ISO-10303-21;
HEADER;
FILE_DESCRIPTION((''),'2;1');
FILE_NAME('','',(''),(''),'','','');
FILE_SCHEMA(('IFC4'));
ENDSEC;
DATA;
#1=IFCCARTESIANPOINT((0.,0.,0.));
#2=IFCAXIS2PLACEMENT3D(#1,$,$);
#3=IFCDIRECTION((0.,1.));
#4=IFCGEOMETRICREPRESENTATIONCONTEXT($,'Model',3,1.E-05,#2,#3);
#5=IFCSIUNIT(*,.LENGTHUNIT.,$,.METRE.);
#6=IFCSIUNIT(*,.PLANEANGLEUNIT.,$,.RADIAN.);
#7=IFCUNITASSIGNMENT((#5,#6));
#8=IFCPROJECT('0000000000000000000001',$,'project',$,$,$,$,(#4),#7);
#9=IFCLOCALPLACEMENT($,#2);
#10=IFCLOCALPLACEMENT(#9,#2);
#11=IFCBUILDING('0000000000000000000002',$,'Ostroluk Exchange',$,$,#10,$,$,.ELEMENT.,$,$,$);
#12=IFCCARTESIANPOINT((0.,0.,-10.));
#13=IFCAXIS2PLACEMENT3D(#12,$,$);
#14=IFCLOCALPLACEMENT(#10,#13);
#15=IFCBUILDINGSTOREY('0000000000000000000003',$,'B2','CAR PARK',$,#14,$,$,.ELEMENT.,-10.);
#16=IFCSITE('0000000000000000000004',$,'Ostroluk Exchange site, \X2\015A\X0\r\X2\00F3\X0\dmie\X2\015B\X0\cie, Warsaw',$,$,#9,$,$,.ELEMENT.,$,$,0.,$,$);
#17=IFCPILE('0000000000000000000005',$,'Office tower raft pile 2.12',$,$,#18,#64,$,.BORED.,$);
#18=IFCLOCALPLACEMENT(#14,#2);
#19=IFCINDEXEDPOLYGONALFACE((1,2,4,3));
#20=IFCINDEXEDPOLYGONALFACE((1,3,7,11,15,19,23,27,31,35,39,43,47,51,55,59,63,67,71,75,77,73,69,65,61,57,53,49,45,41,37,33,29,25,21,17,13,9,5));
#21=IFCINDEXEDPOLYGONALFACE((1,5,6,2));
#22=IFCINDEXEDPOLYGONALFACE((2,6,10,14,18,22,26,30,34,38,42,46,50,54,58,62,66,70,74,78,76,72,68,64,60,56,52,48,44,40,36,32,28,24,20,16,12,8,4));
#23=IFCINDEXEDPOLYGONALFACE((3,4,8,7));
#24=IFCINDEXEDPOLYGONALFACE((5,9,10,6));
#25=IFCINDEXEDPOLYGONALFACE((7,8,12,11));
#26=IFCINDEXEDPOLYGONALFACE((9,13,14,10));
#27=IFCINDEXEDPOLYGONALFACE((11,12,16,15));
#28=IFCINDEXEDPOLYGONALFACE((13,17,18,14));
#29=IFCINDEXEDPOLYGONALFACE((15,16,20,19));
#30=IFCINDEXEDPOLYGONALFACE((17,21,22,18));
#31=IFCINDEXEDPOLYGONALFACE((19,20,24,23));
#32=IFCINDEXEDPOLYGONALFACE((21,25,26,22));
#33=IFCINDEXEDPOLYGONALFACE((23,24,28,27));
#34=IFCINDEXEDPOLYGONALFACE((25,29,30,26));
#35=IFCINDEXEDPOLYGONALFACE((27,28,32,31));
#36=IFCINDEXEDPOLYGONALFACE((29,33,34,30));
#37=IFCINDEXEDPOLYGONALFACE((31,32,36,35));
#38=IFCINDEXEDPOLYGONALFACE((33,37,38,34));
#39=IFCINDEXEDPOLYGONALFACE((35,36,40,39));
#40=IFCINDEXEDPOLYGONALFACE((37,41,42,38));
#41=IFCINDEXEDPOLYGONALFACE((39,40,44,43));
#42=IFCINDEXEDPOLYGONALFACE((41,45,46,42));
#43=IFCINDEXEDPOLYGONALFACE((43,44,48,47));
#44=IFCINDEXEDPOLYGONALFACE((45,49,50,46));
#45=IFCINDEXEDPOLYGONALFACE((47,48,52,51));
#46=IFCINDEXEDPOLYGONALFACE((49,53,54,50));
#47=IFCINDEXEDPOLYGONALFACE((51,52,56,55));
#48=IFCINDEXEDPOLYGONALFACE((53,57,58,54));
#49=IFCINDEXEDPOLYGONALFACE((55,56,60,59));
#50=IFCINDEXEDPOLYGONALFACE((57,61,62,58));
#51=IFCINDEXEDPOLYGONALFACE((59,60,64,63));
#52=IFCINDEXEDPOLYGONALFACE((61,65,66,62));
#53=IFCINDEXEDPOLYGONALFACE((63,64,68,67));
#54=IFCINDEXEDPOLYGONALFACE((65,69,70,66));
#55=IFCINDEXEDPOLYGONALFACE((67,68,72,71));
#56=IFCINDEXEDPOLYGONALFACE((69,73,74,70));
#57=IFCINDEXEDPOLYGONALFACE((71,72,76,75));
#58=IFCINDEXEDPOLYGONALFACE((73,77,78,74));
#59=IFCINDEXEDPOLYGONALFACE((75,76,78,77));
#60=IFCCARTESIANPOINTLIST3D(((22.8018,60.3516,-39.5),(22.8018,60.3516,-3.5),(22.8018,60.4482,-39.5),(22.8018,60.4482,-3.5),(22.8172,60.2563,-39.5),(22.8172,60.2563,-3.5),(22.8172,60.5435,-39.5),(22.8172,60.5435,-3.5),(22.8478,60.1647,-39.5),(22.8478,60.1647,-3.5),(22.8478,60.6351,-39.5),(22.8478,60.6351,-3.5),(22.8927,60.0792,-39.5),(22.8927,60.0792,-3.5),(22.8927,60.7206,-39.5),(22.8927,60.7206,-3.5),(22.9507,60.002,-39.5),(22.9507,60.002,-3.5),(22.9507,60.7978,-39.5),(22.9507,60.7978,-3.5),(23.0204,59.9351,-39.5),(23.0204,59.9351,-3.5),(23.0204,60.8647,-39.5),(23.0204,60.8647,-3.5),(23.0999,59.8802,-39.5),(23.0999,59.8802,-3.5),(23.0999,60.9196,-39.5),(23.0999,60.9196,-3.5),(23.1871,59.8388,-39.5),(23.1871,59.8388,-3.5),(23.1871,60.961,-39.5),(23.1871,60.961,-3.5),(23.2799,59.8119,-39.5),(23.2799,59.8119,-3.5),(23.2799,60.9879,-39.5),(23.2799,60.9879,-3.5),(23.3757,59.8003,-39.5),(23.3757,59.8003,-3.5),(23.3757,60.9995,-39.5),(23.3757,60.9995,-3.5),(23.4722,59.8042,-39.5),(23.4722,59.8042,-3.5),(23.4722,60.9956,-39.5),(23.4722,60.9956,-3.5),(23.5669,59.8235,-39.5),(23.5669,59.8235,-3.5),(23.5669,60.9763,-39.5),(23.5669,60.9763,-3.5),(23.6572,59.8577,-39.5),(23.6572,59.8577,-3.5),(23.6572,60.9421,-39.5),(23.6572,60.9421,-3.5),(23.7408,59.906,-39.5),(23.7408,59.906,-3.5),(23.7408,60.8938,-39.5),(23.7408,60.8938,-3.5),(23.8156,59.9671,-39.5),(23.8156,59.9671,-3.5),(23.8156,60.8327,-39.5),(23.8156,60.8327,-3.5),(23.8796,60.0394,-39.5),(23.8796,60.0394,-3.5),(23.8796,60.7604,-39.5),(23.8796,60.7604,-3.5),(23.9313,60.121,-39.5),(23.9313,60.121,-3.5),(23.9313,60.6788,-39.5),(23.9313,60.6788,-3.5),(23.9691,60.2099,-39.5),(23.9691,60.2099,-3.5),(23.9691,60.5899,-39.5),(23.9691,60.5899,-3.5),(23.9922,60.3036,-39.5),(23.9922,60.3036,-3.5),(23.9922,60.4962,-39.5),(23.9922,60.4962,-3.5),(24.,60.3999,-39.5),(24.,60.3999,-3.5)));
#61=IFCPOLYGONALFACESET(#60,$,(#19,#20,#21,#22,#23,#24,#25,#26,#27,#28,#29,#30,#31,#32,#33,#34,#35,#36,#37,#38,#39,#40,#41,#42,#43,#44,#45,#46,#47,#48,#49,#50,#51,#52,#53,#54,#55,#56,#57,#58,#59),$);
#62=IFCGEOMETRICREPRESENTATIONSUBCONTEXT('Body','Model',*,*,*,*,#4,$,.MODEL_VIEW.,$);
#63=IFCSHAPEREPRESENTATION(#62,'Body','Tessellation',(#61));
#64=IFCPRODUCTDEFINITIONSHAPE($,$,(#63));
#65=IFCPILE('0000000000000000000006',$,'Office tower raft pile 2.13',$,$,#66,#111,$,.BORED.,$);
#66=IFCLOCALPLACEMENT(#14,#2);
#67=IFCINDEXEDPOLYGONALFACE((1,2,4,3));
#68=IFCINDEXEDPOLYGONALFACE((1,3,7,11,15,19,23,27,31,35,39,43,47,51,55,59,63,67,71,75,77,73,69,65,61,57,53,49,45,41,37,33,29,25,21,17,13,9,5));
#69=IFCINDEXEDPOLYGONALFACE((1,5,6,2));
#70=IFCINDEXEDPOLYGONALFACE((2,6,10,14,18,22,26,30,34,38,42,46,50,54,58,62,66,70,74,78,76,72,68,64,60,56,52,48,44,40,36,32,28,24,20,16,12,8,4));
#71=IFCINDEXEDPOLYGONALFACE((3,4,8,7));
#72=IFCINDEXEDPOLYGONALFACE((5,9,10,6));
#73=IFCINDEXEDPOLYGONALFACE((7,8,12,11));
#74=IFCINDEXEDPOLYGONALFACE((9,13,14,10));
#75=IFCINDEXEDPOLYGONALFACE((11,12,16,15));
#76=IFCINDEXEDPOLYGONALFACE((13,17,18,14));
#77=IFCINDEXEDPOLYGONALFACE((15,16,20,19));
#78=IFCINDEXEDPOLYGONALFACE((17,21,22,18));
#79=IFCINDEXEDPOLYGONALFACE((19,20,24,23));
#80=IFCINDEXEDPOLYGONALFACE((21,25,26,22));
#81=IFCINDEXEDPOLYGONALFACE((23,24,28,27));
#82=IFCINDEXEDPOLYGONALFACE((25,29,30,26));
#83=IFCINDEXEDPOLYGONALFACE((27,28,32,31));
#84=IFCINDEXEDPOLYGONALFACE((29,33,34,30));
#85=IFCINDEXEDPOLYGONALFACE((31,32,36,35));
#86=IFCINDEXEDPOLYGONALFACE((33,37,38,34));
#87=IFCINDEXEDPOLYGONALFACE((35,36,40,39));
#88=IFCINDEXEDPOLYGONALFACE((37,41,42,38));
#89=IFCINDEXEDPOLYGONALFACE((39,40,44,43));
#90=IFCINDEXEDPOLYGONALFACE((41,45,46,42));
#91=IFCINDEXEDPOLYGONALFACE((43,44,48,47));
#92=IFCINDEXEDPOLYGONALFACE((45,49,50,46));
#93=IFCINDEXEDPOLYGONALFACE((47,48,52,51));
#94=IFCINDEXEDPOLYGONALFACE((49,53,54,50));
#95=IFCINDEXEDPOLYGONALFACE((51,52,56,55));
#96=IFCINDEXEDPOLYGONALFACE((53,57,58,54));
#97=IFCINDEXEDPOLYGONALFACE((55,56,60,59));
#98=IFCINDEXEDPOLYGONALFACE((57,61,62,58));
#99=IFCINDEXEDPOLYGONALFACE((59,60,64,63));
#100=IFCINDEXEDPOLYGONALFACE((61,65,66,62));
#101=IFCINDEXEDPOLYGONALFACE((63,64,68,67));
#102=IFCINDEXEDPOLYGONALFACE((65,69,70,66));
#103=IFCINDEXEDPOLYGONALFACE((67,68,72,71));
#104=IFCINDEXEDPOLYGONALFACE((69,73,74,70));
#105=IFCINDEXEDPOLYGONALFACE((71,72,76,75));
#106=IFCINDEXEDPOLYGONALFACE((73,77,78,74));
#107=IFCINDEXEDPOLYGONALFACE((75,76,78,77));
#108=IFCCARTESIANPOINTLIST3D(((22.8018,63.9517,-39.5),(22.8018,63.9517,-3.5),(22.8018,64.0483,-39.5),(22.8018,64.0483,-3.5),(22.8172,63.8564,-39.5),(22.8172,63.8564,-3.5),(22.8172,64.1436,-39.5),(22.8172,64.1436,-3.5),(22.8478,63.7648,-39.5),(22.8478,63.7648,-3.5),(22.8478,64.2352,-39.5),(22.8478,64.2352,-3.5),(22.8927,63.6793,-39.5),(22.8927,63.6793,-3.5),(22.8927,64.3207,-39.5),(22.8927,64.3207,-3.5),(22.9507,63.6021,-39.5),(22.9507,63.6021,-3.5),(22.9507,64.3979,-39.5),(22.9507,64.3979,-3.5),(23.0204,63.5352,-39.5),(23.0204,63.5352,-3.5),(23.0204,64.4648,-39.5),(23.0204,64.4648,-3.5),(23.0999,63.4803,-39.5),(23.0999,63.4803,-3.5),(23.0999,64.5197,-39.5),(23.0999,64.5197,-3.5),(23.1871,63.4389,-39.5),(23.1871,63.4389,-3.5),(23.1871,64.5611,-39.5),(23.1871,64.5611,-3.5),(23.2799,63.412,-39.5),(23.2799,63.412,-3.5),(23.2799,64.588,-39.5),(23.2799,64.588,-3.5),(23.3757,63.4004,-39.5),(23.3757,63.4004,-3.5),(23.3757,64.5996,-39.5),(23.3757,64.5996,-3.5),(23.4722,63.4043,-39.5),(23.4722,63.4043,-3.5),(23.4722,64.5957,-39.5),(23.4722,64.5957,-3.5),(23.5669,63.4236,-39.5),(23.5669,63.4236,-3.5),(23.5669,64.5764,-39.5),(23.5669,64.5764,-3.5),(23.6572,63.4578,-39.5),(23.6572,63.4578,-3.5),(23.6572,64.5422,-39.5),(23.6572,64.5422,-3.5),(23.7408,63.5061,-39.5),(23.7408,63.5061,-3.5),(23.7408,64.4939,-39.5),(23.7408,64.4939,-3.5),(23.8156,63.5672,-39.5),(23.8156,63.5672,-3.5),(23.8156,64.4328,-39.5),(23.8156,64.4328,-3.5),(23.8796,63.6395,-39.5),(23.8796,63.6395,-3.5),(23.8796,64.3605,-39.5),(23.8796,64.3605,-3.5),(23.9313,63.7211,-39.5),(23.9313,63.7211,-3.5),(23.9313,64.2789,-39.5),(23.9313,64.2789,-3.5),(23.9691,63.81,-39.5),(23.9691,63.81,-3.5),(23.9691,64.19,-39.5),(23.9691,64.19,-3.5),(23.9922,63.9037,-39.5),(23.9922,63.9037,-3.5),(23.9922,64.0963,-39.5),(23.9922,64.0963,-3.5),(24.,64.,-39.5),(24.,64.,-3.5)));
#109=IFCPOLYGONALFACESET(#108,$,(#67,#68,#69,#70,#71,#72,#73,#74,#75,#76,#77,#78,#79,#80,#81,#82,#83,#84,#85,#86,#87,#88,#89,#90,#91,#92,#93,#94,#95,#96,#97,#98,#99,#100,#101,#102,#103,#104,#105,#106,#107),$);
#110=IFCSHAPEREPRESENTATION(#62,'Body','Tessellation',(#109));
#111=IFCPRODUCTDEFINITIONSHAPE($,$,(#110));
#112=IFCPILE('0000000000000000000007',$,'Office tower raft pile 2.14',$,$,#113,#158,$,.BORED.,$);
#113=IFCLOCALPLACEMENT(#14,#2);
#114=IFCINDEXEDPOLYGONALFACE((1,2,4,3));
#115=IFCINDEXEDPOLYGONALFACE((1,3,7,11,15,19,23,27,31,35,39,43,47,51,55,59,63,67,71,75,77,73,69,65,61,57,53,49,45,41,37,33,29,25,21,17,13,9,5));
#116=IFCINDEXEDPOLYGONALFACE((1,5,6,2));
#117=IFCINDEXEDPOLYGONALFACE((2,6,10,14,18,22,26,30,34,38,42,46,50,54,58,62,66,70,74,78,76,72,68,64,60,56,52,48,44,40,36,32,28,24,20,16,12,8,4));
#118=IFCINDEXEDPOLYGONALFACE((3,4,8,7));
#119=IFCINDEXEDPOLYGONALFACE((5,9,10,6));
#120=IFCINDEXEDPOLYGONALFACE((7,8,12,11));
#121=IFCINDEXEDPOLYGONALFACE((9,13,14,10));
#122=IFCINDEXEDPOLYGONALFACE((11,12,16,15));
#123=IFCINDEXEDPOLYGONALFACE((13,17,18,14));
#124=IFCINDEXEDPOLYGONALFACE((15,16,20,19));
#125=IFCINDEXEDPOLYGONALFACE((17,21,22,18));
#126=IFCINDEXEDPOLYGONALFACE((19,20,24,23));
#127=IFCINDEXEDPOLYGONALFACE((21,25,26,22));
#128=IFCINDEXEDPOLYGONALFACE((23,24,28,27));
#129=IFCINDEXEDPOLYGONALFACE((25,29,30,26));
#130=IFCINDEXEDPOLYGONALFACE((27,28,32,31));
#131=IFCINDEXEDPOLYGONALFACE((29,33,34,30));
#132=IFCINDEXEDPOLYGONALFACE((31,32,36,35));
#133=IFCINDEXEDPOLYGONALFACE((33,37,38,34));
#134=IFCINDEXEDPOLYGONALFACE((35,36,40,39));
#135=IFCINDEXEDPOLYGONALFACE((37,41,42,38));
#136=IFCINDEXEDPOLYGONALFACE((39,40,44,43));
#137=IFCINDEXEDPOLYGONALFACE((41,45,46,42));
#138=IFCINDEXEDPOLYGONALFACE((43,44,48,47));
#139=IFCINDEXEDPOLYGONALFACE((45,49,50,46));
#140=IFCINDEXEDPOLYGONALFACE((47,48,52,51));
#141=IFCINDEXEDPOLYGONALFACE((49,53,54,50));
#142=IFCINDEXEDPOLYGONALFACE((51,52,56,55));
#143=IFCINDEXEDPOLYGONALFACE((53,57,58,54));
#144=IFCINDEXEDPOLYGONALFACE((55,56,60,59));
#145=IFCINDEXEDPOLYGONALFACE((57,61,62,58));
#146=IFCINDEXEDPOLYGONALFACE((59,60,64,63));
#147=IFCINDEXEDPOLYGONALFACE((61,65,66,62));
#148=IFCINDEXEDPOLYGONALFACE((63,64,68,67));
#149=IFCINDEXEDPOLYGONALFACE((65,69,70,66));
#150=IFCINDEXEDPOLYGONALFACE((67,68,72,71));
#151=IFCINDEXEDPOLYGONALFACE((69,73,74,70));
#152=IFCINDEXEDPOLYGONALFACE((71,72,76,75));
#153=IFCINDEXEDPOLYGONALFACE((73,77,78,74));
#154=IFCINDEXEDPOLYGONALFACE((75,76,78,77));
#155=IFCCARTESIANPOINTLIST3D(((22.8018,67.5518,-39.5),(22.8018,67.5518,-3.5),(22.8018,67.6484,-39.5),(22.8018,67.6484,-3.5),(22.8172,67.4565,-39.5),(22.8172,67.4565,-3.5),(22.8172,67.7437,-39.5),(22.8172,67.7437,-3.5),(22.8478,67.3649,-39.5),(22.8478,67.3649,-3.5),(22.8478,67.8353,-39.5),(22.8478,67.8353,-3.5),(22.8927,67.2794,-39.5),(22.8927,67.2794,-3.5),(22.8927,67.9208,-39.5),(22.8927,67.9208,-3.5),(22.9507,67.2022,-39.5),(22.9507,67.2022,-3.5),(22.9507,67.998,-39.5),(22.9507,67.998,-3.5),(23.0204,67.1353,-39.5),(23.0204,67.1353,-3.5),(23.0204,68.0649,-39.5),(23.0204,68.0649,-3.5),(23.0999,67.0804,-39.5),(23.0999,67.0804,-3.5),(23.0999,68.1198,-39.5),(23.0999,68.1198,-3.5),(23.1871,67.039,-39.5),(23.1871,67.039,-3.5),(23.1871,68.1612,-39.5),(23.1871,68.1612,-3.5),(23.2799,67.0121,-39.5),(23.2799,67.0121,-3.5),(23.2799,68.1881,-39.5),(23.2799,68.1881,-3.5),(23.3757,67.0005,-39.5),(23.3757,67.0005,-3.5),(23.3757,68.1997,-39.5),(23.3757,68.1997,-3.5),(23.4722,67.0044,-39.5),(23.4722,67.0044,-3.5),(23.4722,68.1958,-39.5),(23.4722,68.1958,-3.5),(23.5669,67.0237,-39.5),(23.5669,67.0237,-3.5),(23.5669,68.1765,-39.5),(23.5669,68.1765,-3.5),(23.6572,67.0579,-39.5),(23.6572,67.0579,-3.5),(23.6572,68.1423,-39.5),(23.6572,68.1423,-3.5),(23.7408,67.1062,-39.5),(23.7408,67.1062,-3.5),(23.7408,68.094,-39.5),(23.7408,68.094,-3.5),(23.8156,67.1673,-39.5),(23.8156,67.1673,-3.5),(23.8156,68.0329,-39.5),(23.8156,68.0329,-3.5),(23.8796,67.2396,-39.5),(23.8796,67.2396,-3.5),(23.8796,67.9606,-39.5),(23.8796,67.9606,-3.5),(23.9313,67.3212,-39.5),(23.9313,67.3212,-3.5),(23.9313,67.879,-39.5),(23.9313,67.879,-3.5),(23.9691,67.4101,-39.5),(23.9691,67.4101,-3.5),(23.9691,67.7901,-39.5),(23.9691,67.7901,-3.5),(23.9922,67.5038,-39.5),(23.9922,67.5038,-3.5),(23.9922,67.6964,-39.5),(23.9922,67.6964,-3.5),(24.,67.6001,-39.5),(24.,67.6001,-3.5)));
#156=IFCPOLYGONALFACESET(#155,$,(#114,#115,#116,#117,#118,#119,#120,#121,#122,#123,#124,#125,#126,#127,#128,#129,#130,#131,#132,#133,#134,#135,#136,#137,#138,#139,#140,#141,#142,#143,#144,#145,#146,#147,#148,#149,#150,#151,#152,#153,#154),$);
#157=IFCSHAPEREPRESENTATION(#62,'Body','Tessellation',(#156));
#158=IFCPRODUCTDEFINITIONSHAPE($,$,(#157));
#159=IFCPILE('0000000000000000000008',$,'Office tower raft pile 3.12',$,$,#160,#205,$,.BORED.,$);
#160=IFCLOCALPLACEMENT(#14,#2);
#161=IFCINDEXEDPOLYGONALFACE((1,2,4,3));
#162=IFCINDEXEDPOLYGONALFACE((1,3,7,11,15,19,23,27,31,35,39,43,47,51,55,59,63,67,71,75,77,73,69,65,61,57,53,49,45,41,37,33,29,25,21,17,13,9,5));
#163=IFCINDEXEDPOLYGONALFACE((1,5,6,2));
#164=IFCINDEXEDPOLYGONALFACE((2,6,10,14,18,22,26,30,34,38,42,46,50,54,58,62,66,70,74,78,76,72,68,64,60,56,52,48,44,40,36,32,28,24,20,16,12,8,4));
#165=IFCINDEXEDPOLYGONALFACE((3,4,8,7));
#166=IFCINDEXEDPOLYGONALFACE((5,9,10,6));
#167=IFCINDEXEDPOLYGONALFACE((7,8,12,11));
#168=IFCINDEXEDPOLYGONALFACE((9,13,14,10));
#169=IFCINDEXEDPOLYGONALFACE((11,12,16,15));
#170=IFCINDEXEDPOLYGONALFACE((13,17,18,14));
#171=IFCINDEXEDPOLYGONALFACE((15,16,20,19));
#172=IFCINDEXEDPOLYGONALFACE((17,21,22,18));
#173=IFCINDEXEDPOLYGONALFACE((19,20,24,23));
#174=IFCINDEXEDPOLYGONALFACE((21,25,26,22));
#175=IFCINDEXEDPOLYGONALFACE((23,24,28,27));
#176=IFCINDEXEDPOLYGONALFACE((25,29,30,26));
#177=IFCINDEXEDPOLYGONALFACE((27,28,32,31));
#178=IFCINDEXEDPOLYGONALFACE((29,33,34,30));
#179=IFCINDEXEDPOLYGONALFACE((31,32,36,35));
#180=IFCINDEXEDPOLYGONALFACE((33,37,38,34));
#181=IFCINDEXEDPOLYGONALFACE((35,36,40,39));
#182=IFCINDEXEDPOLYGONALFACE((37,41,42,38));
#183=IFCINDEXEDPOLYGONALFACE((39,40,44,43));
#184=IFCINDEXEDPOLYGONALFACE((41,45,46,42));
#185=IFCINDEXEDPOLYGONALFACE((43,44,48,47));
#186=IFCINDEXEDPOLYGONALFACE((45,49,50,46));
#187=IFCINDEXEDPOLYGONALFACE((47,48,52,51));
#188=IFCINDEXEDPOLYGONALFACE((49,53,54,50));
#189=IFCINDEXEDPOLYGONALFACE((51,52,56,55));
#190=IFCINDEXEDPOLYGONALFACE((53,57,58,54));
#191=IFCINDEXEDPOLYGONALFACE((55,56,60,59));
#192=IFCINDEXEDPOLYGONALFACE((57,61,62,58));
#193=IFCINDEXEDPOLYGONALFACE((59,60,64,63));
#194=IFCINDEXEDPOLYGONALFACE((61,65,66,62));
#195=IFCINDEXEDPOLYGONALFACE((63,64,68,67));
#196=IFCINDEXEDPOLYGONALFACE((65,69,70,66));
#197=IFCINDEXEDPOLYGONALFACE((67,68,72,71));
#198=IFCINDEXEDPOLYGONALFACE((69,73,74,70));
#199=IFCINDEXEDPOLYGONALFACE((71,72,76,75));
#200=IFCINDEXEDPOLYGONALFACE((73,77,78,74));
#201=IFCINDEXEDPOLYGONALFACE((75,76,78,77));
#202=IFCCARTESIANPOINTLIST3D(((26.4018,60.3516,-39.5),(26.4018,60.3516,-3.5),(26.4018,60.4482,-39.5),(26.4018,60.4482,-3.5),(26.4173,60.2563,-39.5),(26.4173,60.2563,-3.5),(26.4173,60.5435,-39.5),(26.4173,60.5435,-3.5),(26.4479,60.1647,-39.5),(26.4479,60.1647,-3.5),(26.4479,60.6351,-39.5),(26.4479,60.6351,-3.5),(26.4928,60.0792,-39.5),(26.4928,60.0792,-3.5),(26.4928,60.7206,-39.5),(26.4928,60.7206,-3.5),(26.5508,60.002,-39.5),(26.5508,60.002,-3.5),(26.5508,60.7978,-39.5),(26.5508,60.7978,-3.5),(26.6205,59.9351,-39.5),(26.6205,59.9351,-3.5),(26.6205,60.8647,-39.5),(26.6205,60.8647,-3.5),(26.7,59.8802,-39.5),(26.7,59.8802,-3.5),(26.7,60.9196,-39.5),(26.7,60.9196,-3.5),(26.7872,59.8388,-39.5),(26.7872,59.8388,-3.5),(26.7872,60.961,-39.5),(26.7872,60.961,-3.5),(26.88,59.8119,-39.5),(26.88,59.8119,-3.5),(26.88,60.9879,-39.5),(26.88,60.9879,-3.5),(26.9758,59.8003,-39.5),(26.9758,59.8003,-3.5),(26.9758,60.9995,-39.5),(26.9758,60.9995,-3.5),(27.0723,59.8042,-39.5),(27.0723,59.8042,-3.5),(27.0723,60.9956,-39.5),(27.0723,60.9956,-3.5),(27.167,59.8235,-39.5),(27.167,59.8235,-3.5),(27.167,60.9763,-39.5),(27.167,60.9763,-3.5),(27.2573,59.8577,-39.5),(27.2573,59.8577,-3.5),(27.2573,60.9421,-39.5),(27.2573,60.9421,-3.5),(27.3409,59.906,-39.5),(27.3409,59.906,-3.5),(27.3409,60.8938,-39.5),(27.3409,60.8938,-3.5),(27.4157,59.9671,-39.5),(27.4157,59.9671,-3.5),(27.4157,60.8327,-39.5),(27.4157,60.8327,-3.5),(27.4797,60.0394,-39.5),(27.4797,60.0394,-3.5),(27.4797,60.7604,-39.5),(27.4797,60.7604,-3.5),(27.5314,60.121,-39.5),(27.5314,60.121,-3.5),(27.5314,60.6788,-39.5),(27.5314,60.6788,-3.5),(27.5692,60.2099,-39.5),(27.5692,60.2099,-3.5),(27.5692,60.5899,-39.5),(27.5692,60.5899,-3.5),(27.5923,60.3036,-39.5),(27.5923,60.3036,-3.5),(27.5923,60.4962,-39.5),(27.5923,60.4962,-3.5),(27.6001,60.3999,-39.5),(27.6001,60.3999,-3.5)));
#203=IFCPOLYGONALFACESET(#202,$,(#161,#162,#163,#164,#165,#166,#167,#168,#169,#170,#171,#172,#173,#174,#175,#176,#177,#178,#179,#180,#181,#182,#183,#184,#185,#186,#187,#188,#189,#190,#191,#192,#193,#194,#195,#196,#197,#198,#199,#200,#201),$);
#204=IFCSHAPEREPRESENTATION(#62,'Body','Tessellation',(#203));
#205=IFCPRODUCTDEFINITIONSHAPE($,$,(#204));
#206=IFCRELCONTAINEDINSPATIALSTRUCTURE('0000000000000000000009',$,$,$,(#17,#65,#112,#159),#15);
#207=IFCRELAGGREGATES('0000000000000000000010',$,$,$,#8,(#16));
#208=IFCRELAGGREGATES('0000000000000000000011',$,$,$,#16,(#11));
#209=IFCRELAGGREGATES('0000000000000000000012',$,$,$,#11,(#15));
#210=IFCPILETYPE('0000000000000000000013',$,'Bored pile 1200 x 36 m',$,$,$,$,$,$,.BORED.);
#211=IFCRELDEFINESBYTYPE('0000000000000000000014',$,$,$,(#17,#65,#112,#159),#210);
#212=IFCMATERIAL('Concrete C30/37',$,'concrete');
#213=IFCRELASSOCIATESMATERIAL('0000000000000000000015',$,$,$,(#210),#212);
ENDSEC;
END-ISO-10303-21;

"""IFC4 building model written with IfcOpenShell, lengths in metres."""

from ifc_helpers import new_model, si_unit, direction, frame, origin, origin_2d, place, context, subcontext, project, spatial, circle, extrude, material, type_object, element, save


model = new_model("IFC4")

# Units and contexts
model_context = context("Model", 3, precision=1e-05, world=origin(), true_north=direction((0.0, 1.0)))
body_context = subcontext(model_context, "Body", "Model", "MODEL_VIEW")
ifc_project = project(units=[si_unit("LENGTHUNIT", "METRE"), si_unit("PLANEANGLEUNIT", "RADIAN")], contexts=[model_context])

# Site, building, storey
site_placement = place(None, origin())
site = spatial("IfcSite", under=ifc_project, at=site_placement, Name="Ostroluk Exchange site, Śródmieście, Warsaw", CompositionType="ELEMENT", RefElevation=0.0)
building_placement = place(site_placement, origin())
building = spatial("IfcBuilding", under=site, at=building_placement, Name="Ostroluk Exchange", CompositionType="ELEMENT")
storey_placement = place(building_placement, frame((0.0, 0.0, -10.0)))
storey = spatial("IfcBuildingStorey", under=building, at=storey_placement, Name="B2", Description="CAR PARK", CompositionType="ELEMENT", Elevation=-10.0)

# Piles
ifc_material_1 = material(Name="Concrete C30/37", Category="concrete")
pile_type = type_object("IfcPileType", Name="Bored pile 1200 x 36 m", PredefinedType="BORED", material=ifc_material_1)
for number, where, z_axis, x_axis, name in (
    (1, (23.3999, 60.3999, -3.5), (0.0, 0.0, -1.0), (1.0, 0.0, 0.0), "Office tower raft pile 2.12"),
    (2, (23.3999, 64.0, -3.5), (0.0, 0.0, -1.0), (1.0, 0.0, 0.0), "Office tower raft pile 2.13"),
    (3, (23.3999, 67.6001, -3.5), (0.0, 0.0, -1.0), (1.0, 0.0, 0.0), "Office tower raft pile 2.14"),
    (4, (27.0, 60.3999, -3.5), (0.0, 0.0, -1.0), (1.0, 0.0, 0.0), "Office tower raft pile 3.12"),
):
    element("IfcPile", number, at=place(storey_placement, frame(where, z_axis=z_axis, x_axis=x_axis)), inside=storey, type_object=pile_type, Name=name, PredefinedType="BORED", context=body_context, shape_type="SweptSolid", body=[
        extrude(circle(Radius=0.6001, at=origin_2d()), origin(), (0.0, 0.0, 1.0), 36.0),
    ])

save(model, "model.ifc")
